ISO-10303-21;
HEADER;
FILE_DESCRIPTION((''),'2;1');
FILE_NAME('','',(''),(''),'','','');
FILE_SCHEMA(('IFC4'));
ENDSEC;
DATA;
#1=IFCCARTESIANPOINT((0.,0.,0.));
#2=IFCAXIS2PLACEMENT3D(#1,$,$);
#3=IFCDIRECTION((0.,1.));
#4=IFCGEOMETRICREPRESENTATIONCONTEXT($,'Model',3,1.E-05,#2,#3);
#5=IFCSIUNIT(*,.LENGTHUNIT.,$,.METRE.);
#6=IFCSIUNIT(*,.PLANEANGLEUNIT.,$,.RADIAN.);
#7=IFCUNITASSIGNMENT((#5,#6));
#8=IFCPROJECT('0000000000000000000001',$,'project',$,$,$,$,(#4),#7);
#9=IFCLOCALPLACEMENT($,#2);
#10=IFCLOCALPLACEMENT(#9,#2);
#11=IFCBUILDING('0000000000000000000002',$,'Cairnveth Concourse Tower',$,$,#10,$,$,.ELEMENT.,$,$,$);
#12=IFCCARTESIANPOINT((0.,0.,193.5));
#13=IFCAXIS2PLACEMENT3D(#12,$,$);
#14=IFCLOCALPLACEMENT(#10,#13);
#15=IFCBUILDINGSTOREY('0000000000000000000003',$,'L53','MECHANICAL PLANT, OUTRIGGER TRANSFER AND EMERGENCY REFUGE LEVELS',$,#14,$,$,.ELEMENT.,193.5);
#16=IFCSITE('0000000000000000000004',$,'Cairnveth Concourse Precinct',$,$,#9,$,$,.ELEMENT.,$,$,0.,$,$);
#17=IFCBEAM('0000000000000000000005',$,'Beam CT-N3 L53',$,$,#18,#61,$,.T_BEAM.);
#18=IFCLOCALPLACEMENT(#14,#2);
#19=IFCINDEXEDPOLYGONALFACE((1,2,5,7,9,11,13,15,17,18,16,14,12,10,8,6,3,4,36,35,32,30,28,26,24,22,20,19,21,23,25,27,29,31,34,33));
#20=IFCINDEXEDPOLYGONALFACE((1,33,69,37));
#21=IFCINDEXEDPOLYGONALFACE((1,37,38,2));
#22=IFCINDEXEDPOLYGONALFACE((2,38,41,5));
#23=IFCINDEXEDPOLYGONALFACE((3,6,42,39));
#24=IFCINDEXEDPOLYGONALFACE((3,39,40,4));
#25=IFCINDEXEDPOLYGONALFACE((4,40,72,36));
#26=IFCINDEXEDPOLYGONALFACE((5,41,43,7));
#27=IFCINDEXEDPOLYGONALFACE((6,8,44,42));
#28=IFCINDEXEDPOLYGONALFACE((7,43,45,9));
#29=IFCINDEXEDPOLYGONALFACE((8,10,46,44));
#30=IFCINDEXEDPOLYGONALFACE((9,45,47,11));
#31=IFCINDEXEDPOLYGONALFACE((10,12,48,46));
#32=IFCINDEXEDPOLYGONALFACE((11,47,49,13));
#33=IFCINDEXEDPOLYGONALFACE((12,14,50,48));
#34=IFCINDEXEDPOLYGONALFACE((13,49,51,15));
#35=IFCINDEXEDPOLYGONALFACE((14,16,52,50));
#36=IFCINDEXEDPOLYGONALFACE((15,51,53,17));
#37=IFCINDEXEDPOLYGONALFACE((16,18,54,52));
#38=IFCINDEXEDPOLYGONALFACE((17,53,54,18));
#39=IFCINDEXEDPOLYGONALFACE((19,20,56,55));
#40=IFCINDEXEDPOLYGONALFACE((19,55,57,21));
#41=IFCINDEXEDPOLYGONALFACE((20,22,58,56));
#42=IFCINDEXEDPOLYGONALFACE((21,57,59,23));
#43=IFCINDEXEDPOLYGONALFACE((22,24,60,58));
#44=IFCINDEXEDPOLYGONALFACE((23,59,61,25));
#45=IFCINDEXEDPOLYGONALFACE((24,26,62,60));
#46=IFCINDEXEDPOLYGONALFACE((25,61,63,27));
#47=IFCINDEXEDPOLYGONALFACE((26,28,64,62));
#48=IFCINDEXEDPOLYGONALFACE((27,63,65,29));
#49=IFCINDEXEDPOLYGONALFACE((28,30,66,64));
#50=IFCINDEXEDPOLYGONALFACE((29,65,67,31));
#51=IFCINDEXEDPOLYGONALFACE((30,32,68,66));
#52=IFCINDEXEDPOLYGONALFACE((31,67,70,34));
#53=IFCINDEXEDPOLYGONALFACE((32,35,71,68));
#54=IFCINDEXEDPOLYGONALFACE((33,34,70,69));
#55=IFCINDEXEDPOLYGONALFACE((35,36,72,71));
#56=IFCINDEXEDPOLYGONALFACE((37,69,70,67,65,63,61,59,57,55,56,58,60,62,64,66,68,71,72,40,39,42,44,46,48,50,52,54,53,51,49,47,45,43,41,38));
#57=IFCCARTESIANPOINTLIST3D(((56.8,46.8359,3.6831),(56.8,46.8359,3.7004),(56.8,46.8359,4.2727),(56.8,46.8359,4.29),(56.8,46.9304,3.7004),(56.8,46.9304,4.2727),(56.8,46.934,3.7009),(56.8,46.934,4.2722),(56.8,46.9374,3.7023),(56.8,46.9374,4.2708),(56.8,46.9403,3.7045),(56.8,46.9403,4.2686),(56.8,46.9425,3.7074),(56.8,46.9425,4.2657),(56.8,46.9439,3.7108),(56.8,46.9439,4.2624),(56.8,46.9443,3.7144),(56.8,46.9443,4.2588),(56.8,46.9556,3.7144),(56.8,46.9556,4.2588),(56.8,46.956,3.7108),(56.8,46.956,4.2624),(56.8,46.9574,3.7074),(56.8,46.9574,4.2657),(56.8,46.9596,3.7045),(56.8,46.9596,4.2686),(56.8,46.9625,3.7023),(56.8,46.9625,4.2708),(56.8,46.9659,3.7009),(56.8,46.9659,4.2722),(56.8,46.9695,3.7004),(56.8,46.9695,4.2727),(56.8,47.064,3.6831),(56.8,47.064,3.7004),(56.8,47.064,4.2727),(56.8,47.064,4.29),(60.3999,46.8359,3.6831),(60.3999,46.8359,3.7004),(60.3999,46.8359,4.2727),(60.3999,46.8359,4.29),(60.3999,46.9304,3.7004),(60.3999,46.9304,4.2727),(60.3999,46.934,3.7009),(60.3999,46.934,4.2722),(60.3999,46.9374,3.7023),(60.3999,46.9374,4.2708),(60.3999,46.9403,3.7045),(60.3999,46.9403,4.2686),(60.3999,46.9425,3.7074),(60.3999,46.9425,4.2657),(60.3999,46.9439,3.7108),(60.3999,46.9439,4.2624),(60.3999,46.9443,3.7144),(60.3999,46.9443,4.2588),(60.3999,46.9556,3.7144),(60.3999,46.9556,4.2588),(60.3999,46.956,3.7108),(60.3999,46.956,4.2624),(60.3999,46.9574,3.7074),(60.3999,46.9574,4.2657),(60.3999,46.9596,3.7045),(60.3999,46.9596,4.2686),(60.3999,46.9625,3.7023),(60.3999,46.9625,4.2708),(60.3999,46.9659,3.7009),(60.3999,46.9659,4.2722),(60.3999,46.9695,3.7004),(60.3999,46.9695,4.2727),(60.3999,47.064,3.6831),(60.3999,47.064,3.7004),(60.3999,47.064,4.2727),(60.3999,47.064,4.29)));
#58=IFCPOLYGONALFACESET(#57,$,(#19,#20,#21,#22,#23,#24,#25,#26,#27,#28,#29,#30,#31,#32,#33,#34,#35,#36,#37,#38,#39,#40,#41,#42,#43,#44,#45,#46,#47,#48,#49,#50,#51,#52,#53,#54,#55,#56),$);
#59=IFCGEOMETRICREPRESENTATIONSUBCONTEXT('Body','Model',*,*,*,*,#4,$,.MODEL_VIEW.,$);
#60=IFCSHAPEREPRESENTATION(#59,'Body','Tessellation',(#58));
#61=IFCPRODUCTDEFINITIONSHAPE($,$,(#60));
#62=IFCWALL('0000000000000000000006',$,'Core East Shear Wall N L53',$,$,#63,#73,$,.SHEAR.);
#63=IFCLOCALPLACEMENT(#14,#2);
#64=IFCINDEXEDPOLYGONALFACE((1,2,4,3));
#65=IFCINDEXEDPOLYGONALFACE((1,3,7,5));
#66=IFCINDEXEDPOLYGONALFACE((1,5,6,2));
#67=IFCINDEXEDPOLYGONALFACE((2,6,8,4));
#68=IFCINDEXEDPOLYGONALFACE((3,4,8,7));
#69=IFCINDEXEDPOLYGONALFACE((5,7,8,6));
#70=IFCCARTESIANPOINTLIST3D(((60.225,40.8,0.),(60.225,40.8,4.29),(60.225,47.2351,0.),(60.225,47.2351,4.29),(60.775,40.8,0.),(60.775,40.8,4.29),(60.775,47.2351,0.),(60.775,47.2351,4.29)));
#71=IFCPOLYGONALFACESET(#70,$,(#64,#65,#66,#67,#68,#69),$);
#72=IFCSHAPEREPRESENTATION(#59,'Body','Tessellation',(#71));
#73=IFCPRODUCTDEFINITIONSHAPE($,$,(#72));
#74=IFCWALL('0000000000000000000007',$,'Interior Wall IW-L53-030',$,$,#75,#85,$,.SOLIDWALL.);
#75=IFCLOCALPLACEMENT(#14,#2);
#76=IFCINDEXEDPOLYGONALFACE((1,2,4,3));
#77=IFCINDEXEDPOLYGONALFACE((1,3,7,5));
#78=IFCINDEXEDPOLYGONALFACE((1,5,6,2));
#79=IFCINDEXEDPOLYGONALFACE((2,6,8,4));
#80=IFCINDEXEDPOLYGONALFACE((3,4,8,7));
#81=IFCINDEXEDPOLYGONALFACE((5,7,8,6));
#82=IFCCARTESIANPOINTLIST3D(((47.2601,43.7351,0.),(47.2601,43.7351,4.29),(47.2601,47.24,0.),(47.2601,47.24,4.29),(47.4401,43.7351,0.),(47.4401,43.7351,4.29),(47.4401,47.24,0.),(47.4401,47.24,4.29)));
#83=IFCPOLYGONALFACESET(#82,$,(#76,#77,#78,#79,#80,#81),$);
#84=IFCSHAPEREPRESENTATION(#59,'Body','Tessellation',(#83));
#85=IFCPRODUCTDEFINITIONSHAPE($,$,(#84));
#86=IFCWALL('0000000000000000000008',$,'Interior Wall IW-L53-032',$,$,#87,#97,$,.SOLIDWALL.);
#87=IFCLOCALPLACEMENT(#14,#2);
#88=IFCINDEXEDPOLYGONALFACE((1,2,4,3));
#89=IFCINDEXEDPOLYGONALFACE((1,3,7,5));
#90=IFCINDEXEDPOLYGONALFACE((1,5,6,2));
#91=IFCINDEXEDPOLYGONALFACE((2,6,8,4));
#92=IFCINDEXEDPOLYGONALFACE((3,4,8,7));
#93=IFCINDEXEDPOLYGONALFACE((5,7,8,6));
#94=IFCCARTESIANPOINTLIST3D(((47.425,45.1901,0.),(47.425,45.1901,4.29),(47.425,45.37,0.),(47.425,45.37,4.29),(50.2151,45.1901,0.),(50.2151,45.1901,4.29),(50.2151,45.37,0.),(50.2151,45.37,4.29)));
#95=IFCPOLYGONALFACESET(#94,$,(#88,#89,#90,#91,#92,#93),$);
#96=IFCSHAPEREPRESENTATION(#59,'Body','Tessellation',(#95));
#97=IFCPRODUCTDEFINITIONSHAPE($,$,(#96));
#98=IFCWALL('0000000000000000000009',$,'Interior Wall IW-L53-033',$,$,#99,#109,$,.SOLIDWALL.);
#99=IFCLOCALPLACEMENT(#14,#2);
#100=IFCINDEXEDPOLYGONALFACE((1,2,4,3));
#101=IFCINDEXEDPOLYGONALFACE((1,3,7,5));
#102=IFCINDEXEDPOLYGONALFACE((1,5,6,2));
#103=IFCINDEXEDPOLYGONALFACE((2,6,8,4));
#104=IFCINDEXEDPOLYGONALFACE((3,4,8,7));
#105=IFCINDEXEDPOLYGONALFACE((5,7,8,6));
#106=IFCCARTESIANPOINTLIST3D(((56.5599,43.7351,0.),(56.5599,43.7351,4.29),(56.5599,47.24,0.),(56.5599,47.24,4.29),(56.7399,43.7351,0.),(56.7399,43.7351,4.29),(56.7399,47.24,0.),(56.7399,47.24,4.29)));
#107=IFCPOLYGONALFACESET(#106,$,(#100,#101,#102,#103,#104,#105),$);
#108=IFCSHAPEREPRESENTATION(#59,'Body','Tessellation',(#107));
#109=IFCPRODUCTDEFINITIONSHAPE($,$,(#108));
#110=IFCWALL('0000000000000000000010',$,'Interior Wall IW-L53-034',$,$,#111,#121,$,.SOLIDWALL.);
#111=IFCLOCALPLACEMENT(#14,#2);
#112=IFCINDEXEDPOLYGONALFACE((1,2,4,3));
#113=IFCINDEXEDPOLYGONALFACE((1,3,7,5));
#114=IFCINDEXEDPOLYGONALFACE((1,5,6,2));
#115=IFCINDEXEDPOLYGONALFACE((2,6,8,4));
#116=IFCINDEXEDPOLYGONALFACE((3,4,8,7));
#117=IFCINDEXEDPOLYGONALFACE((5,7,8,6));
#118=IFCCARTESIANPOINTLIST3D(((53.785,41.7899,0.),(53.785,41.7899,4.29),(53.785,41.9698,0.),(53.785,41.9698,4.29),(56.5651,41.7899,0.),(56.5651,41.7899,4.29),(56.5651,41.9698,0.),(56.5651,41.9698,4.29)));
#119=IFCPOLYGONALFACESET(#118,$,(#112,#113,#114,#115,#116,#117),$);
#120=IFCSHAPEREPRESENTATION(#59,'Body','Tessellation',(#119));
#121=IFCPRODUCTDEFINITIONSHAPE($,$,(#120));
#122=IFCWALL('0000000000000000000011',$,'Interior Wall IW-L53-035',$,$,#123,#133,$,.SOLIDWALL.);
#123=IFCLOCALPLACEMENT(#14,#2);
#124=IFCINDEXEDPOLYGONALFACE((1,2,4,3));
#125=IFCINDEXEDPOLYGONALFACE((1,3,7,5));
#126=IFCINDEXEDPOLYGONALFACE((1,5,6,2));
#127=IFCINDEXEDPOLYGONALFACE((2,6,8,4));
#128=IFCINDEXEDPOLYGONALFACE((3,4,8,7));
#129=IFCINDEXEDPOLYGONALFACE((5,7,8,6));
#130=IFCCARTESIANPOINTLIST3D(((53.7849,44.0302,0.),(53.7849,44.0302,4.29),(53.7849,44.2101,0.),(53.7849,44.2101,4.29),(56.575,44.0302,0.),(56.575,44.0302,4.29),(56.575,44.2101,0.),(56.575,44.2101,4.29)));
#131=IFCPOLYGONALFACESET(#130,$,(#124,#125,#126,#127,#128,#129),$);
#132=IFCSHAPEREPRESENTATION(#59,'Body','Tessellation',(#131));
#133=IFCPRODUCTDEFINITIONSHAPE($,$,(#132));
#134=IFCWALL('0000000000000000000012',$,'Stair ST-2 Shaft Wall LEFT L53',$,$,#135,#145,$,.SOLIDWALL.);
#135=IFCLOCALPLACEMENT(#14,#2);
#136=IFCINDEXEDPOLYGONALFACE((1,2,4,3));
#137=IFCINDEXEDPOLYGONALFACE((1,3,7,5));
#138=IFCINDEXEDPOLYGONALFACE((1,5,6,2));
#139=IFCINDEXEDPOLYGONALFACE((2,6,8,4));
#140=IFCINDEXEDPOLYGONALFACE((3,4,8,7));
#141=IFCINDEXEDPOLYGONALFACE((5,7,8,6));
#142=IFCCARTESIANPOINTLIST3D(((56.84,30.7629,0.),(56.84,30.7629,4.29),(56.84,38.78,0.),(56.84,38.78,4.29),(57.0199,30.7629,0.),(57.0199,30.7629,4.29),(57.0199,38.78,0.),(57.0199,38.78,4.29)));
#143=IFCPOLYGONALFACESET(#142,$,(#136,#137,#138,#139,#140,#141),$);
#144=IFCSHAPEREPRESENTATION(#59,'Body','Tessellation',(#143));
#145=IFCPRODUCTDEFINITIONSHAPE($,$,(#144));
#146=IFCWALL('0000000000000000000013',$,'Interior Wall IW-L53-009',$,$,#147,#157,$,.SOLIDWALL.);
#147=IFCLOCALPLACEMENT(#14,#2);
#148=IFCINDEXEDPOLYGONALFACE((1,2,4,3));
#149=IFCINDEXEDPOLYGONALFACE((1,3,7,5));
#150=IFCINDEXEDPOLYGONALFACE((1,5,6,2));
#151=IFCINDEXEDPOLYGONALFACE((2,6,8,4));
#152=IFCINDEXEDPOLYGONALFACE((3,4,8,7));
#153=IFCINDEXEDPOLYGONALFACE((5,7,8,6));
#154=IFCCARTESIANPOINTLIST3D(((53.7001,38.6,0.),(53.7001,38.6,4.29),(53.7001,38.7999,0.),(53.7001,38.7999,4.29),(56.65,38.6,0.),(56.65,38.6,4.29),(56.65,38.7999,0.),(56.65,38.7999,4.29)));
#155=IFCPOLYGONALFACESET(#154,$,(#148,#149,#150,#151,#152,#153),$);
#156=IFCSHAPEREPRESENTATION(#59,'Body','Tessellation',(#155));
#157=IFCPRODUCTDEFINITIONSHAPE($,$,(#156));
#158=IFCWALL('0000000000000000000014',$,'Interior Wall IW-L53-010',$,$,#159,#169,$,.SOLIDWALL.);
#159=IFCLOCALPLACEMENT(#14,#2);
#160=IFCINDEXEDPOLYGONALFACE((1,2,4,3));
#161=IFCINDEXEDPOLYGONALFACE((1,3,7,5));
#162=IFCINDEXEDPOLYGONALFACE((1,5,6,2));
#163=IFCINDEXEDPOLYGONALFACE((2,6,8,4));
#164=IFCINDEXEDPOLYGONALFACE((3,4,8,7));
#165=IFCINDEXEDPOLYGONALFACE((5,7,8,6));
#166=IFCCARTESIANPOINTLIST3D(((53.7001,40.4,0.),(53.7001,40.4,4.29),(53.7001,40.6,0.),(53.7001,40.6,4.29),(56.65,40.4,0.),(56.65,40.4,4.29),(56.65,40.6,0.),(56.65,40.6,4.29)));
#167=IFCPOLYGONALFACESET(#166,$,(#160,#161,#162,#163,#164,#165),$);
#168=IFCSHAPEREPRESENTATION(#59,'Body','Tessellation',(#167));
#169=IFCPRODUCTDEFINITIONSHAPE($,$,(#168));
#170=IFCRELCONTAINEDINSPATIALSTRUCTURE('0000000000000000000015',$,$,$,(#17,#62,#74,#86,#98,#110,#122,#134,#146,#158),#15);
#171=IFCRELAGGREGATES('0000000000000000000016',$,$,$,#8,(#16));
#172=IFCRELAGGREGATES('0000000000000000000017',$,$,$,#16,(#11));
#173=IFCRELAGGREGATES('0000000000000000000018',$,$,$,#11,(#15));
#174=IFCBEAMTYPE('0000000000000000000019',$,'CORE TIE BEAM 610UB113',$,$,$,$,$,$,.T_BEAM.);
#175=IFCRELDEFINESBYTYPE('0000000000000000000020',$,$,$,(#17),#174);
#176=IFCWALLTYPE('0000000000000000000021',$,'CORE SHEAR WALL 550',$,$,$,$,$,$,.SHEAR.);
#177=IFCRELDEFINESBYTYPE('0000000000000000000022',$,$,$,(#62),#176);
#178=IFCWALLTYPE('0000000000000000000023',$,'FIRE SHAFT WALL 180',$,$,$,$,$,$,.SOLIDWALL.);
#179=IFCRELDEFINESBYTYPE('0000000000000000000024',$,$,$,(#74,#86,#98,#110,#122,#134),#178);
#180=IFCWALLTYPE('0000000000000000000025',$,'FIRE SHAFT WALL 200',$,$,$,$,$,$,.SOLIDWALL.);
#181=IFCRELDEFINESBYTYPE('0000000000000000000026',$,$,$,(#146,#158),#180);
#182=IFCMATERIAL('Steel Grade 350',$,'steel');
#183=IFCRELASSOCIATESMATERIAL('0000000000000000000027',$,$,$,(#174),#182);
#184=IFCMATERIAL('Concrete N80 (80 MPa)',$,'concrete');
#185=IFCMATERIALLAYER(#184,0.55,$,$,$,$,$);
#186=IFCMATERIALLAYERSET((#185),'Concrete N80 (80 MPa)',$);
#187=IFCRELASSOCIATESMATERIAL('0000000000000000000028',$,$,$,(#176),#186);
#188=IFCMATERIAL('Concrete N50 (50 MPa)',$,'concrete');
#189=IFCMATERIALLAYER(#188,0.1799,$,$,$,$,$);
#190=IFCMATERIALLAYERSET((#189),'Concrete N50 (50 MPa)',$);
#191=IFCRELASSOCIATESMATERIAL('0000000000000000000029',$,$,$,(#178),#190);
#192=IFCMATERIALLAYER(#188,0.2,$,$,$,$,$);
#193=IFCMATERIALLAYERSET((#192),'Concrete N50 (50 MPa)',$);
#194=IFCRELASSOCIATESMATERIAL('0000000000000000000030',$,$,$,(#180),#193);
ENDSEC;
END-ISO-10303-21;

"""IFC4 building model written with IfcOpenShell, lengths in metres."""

from ifc_helpers import new_model, si_unit, direction, frame, frame_2d, origin, origin_2d, place, context, subcontext, project, spatial, rectangle, i_section, extrude, material, layer, layer_set, material_profile, profile_set, type_object, element, save


model = new_model("IFC4")

# Units and contexts
model_context = context("Model", 3, precision=1e-05, world=origin(), true_north=direction((0.0, 1.0)))
body_context = subcontext(model_context, "Body", "Model", "MODEL_VIEW")
ifc_project = project(units=[si_unit("LENGTHUNIT", "METRE"), si_unit("PLANEANGLEUNIT", "RADIAN")], contexts=[model_context])

# Site, building, storey
site_placement = place(None, origin())
site = spatial("IfcSite", under=ifc_project, at=site_placement, Name="Cairnveth Concourse Precinct", CompositionType="ELEMENT", RefElevation=0.0)
building_placement = place(site_placement, origin())
building = spatial("IfcBuilding", under=site, at=building_placement, Name="Cairnveth Concourse Tower", CompositionType="ELEMENT")
storey_placement = place(building_placement, frame((0.0, 0.0, 193.5)))
storey = spatial("IfcBuildingStorey", under=building, at=storey_placement, Name="L53", Description="MECHANICAL PLANT, OUTRIGGER TRANSFER AND EMERGENCY REFUGE LEVELS", CompositionType="ELEMENT", Elevation=193.5)

# Beam
ifc_material_1 = material(Name="Steel Grade 350", Category="steel")
ifc_material_profile = material_profile(ifc_material_1, i_section(OverallWidth=0.228, OverallDepth=0.6069, WebThickness=0.0112, FlangeThickness=0.0173, FilletRadius=0.0139, at=origin_2d()), Name="610UB113")
ifc_profile_set = profile_set([ifc_material_profile], Name="Steel Grade 350")
beam_type = type_object("IfcBeamType", Name="CORE TIE BEAM 610UB113", PredefinedType="T_BEAM", material=ifc_profile_set)
beam_placement = place(storey_placement, frame((56.8, 46.95, 3.9866), z_axis=(1.0, 0.0, 0.0), x_axis=(0.0, 1.0, 0.0)))
element("IfcBeam", 1, at=beam_placement, inside=storey, type_object=beam_type, Name="Beam CT-N3 L53", PredefinedType="T_BEAM", context=body_context, shape_type="SweptSolid", body=[
    extrude(i_section(OverallWidth=0.228, OverallDepth=0.6069, WebThickness=0.0112, FlangeThickness=0.0173, FilletRadius=0.0139, at=origin_2d()), origin(), (0.0, 0.0, 1.0), 3.5999),
])

# Walls
ifc_material_2 = material(Name="Concrete N80 (80 MPa)", Category="concrete")
ifc_layer_1 = layer(ifc_material_2, 0.55)
ifc_layer_set_1 = layer_set([ifc_layer_1], Name="Concrete N80 (80 MPa)")
wall_type_1 = type_object("IfcWallType", Name="CORE SHEAR WALL 550", PredefinedType="SHEAR", material=ifc_layer_set_1)
wall_1_placement = place(storey_placement, frame((60.5, 40.8, 0.0), z_axis=(0.0, 0.0, 1.0), x_axis=(0.0, 1.0, 0.0)))
element("IfcWall", 2, at=wall_1_placement, inside=storey, type_object=wall_type_1, Name="Core East Shear Wall N L53", PredefinedType="SHEAR", context=body_context, shape_type="SweptSolid", body=[
    extrude(rectangle(XDim=6.4351, YDim=0.55, at=frame_2d((3.2175, 0.0))), origin(), (0.0, 0.0, 1.0), 4.29),
])
ifc_material_3 = material(Name="Concrete N50 (50 MPa)", Category="concrete")
ifc_layer_2 = layer(ifc_material_3, 0.1799)
ifc_layer_set_2 = layer_set([ifc_layer_2], Name="Concrete N50 (50 MPa)")
wall_type_2 = type_object("IfcWallType", Name="FIRE SHAFT WALL 180", PredefinedType="SOLIDWALL", material=ifc_layer_set_2)
wall_2_placement = place(storey_placement, frame((47.3501, 43.7351, 0.0), z_axis=(0.0, 0.0, 1.0), x_axis=(0.0, 1.0, 0.0)))
element("IfcWall", 3, at=wall_2_placement, inside=storey, type_object=wall_type_2, Name="Interior Wall IW-L53-030", PredefinedType="SOLIDWALL", context=body_context, shape_type="SweptSolid", body=[
    extrude(rectangle(XDim=3.5049, YDim=0.1799, at=frame_2d((1.7524, 0.0))), origin(), (0.0, 0.0, 1.0), 4.29),
])
wall_3_placement = place(storey_placement, frame((47.425, 45.28, 0.0), z_axis=(0.0, 0.0, 1.0), x_axis=(1.0, 0.0, 0.0)))
element("IfcWall", 4, at=wall_3_placement, inside=storey, type_object=wall_type_2, Name="Interior Wall IW-L53-032", PredefinedType="SOLIDWALL", context=body_context, shape_type="SweptSolid", body=[
    extrude(rectangle(XDim=2.79, YDim=0.1799, at=frame_2d((1.395, 0.0))), origin(), (0.0, 0.0, 1.0), 4.29),
])
wall_4_placement = place(storey_placement, frame((56.6499, 43.7351, 0.0), z_axis=(0.0, 0.0, 1.0), x_axis=(0.0, 1.0, 0.0)))
element("IfcWall", 5, at=wall_4_placement, inside=storey, type_object=wall_type_2, Name="Interior Wall IW-L53-033", PredefinedType="SOLIDWALL", context=body_context, shape_type="SweptSolid", body=[
    extrude(rectangle(XDim=3.5049, YDim=0.1799, at=frame_2d((1.7524, 0.0))), origin(), (0.0, 0.0, 1.0), 4.29),
])
wall_5_placement = place(storey_placement, frame((53.7849, 41.8799, 0.0), z_axis=(0.0, 0.0, 1.0), x_axis=(1.0, 0.0, 0.0)))
element("IfcWall", 6, at=wall_5_placement, inside=storey, type_object=wall_type_2, Name="Interior Wall IW-L53-034", PredefinedType="SOLIDWALL", context=body_context, shape_type="SweptSolid", body=[
    extrude(rectangle(XDim=2.78, YDim=0.1799, at=frame_2d((1.3901, 0.0))), origin(), (0.0, 0.0, 1.0), 4.29),
])
wall_6_placement = place(storey_placement, frame((53.7849, 44.1201, 0.0), z_axis=(0.0, 0.0, 1.0), x_axis=(1.0, 0.0, 0.0)))
element("IfcWall", 7, at=wall_6_placement, inside=storey, type_object=wall_type_2, Name="Interior Wall IW-L53-035", PredefinedType="SOLIDWALL", context=body_context, shape_type="SweptSolid", body=[
    extrude(rectangle(XDim=2.79, YDim=0.1799, at=frame_2d((1.395, 0.0))), origin(), (0.0, 0.0, 1.0), 4.29),
])
wall_7_placement = place(storey_placement, frame((56.9299, 38.78, 0.0), z_axis=(0.0, 0.0, 1.0), x_axis=(0.0, -1.0, 0.0)))
element("IfcWall", 8, at=wall_7_placement, inside=storey, type_object=wall_type_2, Name="Stair ST-2 Shaft Wall LEFT L53", PredefinedType="SOLIDWALL", context=body_context, shape_type="SweptSolid", body=[
    extrude(rectangle(XDim=8.0171, YDim=0.1799, at=frame_2d((4.0085, 0.0))), origin(), (0.0, 0.0, 1.0), 4.29),
])
ifc_layer_3 = layer(ifc_material_3, 0.2)
ifc_layer_set_3 = layer_set([ifc_layer_3], Name="Concrete N50 (50 MPa)")
wall_type_3 = type_object("IfcWallType", Name="FIRE SHAFT WALL 200", PredefinedType="SOLIDWALL", material=ifc_layer_set_3)
for number, where, z_axis, x_axis, name in (
    (9, (53.7, 38.7, 0.0), (0.0, 0.0, 1.0), (1.0, 0.0, 0.0), "Interior Wall IW-L53-009"),
    (10, (53.7, 40.5, 0.0), (0.0, 0.0, 1.0), (1.0, 0.0, 0.0), "Interior Wall IW-L53-010"),
):
    element("IfcWall", number, at=place(storey_placement, frame(where, z_axis=z_axis, x_axis=x_axis)), inside=storey, type_object=wall_type_3, Name=name, PredefinedType="SOLIDWALL", context=body_context, shape_type="SweptSolid", body=[
        extrude(rectangle(XDim=2.95, YDim=0.2, at=frame_2d((1.4751, 0.0))), origin(), (0.0, 0.0, 1.0), 4.29),
    ])

save(model, "model.ifc")
